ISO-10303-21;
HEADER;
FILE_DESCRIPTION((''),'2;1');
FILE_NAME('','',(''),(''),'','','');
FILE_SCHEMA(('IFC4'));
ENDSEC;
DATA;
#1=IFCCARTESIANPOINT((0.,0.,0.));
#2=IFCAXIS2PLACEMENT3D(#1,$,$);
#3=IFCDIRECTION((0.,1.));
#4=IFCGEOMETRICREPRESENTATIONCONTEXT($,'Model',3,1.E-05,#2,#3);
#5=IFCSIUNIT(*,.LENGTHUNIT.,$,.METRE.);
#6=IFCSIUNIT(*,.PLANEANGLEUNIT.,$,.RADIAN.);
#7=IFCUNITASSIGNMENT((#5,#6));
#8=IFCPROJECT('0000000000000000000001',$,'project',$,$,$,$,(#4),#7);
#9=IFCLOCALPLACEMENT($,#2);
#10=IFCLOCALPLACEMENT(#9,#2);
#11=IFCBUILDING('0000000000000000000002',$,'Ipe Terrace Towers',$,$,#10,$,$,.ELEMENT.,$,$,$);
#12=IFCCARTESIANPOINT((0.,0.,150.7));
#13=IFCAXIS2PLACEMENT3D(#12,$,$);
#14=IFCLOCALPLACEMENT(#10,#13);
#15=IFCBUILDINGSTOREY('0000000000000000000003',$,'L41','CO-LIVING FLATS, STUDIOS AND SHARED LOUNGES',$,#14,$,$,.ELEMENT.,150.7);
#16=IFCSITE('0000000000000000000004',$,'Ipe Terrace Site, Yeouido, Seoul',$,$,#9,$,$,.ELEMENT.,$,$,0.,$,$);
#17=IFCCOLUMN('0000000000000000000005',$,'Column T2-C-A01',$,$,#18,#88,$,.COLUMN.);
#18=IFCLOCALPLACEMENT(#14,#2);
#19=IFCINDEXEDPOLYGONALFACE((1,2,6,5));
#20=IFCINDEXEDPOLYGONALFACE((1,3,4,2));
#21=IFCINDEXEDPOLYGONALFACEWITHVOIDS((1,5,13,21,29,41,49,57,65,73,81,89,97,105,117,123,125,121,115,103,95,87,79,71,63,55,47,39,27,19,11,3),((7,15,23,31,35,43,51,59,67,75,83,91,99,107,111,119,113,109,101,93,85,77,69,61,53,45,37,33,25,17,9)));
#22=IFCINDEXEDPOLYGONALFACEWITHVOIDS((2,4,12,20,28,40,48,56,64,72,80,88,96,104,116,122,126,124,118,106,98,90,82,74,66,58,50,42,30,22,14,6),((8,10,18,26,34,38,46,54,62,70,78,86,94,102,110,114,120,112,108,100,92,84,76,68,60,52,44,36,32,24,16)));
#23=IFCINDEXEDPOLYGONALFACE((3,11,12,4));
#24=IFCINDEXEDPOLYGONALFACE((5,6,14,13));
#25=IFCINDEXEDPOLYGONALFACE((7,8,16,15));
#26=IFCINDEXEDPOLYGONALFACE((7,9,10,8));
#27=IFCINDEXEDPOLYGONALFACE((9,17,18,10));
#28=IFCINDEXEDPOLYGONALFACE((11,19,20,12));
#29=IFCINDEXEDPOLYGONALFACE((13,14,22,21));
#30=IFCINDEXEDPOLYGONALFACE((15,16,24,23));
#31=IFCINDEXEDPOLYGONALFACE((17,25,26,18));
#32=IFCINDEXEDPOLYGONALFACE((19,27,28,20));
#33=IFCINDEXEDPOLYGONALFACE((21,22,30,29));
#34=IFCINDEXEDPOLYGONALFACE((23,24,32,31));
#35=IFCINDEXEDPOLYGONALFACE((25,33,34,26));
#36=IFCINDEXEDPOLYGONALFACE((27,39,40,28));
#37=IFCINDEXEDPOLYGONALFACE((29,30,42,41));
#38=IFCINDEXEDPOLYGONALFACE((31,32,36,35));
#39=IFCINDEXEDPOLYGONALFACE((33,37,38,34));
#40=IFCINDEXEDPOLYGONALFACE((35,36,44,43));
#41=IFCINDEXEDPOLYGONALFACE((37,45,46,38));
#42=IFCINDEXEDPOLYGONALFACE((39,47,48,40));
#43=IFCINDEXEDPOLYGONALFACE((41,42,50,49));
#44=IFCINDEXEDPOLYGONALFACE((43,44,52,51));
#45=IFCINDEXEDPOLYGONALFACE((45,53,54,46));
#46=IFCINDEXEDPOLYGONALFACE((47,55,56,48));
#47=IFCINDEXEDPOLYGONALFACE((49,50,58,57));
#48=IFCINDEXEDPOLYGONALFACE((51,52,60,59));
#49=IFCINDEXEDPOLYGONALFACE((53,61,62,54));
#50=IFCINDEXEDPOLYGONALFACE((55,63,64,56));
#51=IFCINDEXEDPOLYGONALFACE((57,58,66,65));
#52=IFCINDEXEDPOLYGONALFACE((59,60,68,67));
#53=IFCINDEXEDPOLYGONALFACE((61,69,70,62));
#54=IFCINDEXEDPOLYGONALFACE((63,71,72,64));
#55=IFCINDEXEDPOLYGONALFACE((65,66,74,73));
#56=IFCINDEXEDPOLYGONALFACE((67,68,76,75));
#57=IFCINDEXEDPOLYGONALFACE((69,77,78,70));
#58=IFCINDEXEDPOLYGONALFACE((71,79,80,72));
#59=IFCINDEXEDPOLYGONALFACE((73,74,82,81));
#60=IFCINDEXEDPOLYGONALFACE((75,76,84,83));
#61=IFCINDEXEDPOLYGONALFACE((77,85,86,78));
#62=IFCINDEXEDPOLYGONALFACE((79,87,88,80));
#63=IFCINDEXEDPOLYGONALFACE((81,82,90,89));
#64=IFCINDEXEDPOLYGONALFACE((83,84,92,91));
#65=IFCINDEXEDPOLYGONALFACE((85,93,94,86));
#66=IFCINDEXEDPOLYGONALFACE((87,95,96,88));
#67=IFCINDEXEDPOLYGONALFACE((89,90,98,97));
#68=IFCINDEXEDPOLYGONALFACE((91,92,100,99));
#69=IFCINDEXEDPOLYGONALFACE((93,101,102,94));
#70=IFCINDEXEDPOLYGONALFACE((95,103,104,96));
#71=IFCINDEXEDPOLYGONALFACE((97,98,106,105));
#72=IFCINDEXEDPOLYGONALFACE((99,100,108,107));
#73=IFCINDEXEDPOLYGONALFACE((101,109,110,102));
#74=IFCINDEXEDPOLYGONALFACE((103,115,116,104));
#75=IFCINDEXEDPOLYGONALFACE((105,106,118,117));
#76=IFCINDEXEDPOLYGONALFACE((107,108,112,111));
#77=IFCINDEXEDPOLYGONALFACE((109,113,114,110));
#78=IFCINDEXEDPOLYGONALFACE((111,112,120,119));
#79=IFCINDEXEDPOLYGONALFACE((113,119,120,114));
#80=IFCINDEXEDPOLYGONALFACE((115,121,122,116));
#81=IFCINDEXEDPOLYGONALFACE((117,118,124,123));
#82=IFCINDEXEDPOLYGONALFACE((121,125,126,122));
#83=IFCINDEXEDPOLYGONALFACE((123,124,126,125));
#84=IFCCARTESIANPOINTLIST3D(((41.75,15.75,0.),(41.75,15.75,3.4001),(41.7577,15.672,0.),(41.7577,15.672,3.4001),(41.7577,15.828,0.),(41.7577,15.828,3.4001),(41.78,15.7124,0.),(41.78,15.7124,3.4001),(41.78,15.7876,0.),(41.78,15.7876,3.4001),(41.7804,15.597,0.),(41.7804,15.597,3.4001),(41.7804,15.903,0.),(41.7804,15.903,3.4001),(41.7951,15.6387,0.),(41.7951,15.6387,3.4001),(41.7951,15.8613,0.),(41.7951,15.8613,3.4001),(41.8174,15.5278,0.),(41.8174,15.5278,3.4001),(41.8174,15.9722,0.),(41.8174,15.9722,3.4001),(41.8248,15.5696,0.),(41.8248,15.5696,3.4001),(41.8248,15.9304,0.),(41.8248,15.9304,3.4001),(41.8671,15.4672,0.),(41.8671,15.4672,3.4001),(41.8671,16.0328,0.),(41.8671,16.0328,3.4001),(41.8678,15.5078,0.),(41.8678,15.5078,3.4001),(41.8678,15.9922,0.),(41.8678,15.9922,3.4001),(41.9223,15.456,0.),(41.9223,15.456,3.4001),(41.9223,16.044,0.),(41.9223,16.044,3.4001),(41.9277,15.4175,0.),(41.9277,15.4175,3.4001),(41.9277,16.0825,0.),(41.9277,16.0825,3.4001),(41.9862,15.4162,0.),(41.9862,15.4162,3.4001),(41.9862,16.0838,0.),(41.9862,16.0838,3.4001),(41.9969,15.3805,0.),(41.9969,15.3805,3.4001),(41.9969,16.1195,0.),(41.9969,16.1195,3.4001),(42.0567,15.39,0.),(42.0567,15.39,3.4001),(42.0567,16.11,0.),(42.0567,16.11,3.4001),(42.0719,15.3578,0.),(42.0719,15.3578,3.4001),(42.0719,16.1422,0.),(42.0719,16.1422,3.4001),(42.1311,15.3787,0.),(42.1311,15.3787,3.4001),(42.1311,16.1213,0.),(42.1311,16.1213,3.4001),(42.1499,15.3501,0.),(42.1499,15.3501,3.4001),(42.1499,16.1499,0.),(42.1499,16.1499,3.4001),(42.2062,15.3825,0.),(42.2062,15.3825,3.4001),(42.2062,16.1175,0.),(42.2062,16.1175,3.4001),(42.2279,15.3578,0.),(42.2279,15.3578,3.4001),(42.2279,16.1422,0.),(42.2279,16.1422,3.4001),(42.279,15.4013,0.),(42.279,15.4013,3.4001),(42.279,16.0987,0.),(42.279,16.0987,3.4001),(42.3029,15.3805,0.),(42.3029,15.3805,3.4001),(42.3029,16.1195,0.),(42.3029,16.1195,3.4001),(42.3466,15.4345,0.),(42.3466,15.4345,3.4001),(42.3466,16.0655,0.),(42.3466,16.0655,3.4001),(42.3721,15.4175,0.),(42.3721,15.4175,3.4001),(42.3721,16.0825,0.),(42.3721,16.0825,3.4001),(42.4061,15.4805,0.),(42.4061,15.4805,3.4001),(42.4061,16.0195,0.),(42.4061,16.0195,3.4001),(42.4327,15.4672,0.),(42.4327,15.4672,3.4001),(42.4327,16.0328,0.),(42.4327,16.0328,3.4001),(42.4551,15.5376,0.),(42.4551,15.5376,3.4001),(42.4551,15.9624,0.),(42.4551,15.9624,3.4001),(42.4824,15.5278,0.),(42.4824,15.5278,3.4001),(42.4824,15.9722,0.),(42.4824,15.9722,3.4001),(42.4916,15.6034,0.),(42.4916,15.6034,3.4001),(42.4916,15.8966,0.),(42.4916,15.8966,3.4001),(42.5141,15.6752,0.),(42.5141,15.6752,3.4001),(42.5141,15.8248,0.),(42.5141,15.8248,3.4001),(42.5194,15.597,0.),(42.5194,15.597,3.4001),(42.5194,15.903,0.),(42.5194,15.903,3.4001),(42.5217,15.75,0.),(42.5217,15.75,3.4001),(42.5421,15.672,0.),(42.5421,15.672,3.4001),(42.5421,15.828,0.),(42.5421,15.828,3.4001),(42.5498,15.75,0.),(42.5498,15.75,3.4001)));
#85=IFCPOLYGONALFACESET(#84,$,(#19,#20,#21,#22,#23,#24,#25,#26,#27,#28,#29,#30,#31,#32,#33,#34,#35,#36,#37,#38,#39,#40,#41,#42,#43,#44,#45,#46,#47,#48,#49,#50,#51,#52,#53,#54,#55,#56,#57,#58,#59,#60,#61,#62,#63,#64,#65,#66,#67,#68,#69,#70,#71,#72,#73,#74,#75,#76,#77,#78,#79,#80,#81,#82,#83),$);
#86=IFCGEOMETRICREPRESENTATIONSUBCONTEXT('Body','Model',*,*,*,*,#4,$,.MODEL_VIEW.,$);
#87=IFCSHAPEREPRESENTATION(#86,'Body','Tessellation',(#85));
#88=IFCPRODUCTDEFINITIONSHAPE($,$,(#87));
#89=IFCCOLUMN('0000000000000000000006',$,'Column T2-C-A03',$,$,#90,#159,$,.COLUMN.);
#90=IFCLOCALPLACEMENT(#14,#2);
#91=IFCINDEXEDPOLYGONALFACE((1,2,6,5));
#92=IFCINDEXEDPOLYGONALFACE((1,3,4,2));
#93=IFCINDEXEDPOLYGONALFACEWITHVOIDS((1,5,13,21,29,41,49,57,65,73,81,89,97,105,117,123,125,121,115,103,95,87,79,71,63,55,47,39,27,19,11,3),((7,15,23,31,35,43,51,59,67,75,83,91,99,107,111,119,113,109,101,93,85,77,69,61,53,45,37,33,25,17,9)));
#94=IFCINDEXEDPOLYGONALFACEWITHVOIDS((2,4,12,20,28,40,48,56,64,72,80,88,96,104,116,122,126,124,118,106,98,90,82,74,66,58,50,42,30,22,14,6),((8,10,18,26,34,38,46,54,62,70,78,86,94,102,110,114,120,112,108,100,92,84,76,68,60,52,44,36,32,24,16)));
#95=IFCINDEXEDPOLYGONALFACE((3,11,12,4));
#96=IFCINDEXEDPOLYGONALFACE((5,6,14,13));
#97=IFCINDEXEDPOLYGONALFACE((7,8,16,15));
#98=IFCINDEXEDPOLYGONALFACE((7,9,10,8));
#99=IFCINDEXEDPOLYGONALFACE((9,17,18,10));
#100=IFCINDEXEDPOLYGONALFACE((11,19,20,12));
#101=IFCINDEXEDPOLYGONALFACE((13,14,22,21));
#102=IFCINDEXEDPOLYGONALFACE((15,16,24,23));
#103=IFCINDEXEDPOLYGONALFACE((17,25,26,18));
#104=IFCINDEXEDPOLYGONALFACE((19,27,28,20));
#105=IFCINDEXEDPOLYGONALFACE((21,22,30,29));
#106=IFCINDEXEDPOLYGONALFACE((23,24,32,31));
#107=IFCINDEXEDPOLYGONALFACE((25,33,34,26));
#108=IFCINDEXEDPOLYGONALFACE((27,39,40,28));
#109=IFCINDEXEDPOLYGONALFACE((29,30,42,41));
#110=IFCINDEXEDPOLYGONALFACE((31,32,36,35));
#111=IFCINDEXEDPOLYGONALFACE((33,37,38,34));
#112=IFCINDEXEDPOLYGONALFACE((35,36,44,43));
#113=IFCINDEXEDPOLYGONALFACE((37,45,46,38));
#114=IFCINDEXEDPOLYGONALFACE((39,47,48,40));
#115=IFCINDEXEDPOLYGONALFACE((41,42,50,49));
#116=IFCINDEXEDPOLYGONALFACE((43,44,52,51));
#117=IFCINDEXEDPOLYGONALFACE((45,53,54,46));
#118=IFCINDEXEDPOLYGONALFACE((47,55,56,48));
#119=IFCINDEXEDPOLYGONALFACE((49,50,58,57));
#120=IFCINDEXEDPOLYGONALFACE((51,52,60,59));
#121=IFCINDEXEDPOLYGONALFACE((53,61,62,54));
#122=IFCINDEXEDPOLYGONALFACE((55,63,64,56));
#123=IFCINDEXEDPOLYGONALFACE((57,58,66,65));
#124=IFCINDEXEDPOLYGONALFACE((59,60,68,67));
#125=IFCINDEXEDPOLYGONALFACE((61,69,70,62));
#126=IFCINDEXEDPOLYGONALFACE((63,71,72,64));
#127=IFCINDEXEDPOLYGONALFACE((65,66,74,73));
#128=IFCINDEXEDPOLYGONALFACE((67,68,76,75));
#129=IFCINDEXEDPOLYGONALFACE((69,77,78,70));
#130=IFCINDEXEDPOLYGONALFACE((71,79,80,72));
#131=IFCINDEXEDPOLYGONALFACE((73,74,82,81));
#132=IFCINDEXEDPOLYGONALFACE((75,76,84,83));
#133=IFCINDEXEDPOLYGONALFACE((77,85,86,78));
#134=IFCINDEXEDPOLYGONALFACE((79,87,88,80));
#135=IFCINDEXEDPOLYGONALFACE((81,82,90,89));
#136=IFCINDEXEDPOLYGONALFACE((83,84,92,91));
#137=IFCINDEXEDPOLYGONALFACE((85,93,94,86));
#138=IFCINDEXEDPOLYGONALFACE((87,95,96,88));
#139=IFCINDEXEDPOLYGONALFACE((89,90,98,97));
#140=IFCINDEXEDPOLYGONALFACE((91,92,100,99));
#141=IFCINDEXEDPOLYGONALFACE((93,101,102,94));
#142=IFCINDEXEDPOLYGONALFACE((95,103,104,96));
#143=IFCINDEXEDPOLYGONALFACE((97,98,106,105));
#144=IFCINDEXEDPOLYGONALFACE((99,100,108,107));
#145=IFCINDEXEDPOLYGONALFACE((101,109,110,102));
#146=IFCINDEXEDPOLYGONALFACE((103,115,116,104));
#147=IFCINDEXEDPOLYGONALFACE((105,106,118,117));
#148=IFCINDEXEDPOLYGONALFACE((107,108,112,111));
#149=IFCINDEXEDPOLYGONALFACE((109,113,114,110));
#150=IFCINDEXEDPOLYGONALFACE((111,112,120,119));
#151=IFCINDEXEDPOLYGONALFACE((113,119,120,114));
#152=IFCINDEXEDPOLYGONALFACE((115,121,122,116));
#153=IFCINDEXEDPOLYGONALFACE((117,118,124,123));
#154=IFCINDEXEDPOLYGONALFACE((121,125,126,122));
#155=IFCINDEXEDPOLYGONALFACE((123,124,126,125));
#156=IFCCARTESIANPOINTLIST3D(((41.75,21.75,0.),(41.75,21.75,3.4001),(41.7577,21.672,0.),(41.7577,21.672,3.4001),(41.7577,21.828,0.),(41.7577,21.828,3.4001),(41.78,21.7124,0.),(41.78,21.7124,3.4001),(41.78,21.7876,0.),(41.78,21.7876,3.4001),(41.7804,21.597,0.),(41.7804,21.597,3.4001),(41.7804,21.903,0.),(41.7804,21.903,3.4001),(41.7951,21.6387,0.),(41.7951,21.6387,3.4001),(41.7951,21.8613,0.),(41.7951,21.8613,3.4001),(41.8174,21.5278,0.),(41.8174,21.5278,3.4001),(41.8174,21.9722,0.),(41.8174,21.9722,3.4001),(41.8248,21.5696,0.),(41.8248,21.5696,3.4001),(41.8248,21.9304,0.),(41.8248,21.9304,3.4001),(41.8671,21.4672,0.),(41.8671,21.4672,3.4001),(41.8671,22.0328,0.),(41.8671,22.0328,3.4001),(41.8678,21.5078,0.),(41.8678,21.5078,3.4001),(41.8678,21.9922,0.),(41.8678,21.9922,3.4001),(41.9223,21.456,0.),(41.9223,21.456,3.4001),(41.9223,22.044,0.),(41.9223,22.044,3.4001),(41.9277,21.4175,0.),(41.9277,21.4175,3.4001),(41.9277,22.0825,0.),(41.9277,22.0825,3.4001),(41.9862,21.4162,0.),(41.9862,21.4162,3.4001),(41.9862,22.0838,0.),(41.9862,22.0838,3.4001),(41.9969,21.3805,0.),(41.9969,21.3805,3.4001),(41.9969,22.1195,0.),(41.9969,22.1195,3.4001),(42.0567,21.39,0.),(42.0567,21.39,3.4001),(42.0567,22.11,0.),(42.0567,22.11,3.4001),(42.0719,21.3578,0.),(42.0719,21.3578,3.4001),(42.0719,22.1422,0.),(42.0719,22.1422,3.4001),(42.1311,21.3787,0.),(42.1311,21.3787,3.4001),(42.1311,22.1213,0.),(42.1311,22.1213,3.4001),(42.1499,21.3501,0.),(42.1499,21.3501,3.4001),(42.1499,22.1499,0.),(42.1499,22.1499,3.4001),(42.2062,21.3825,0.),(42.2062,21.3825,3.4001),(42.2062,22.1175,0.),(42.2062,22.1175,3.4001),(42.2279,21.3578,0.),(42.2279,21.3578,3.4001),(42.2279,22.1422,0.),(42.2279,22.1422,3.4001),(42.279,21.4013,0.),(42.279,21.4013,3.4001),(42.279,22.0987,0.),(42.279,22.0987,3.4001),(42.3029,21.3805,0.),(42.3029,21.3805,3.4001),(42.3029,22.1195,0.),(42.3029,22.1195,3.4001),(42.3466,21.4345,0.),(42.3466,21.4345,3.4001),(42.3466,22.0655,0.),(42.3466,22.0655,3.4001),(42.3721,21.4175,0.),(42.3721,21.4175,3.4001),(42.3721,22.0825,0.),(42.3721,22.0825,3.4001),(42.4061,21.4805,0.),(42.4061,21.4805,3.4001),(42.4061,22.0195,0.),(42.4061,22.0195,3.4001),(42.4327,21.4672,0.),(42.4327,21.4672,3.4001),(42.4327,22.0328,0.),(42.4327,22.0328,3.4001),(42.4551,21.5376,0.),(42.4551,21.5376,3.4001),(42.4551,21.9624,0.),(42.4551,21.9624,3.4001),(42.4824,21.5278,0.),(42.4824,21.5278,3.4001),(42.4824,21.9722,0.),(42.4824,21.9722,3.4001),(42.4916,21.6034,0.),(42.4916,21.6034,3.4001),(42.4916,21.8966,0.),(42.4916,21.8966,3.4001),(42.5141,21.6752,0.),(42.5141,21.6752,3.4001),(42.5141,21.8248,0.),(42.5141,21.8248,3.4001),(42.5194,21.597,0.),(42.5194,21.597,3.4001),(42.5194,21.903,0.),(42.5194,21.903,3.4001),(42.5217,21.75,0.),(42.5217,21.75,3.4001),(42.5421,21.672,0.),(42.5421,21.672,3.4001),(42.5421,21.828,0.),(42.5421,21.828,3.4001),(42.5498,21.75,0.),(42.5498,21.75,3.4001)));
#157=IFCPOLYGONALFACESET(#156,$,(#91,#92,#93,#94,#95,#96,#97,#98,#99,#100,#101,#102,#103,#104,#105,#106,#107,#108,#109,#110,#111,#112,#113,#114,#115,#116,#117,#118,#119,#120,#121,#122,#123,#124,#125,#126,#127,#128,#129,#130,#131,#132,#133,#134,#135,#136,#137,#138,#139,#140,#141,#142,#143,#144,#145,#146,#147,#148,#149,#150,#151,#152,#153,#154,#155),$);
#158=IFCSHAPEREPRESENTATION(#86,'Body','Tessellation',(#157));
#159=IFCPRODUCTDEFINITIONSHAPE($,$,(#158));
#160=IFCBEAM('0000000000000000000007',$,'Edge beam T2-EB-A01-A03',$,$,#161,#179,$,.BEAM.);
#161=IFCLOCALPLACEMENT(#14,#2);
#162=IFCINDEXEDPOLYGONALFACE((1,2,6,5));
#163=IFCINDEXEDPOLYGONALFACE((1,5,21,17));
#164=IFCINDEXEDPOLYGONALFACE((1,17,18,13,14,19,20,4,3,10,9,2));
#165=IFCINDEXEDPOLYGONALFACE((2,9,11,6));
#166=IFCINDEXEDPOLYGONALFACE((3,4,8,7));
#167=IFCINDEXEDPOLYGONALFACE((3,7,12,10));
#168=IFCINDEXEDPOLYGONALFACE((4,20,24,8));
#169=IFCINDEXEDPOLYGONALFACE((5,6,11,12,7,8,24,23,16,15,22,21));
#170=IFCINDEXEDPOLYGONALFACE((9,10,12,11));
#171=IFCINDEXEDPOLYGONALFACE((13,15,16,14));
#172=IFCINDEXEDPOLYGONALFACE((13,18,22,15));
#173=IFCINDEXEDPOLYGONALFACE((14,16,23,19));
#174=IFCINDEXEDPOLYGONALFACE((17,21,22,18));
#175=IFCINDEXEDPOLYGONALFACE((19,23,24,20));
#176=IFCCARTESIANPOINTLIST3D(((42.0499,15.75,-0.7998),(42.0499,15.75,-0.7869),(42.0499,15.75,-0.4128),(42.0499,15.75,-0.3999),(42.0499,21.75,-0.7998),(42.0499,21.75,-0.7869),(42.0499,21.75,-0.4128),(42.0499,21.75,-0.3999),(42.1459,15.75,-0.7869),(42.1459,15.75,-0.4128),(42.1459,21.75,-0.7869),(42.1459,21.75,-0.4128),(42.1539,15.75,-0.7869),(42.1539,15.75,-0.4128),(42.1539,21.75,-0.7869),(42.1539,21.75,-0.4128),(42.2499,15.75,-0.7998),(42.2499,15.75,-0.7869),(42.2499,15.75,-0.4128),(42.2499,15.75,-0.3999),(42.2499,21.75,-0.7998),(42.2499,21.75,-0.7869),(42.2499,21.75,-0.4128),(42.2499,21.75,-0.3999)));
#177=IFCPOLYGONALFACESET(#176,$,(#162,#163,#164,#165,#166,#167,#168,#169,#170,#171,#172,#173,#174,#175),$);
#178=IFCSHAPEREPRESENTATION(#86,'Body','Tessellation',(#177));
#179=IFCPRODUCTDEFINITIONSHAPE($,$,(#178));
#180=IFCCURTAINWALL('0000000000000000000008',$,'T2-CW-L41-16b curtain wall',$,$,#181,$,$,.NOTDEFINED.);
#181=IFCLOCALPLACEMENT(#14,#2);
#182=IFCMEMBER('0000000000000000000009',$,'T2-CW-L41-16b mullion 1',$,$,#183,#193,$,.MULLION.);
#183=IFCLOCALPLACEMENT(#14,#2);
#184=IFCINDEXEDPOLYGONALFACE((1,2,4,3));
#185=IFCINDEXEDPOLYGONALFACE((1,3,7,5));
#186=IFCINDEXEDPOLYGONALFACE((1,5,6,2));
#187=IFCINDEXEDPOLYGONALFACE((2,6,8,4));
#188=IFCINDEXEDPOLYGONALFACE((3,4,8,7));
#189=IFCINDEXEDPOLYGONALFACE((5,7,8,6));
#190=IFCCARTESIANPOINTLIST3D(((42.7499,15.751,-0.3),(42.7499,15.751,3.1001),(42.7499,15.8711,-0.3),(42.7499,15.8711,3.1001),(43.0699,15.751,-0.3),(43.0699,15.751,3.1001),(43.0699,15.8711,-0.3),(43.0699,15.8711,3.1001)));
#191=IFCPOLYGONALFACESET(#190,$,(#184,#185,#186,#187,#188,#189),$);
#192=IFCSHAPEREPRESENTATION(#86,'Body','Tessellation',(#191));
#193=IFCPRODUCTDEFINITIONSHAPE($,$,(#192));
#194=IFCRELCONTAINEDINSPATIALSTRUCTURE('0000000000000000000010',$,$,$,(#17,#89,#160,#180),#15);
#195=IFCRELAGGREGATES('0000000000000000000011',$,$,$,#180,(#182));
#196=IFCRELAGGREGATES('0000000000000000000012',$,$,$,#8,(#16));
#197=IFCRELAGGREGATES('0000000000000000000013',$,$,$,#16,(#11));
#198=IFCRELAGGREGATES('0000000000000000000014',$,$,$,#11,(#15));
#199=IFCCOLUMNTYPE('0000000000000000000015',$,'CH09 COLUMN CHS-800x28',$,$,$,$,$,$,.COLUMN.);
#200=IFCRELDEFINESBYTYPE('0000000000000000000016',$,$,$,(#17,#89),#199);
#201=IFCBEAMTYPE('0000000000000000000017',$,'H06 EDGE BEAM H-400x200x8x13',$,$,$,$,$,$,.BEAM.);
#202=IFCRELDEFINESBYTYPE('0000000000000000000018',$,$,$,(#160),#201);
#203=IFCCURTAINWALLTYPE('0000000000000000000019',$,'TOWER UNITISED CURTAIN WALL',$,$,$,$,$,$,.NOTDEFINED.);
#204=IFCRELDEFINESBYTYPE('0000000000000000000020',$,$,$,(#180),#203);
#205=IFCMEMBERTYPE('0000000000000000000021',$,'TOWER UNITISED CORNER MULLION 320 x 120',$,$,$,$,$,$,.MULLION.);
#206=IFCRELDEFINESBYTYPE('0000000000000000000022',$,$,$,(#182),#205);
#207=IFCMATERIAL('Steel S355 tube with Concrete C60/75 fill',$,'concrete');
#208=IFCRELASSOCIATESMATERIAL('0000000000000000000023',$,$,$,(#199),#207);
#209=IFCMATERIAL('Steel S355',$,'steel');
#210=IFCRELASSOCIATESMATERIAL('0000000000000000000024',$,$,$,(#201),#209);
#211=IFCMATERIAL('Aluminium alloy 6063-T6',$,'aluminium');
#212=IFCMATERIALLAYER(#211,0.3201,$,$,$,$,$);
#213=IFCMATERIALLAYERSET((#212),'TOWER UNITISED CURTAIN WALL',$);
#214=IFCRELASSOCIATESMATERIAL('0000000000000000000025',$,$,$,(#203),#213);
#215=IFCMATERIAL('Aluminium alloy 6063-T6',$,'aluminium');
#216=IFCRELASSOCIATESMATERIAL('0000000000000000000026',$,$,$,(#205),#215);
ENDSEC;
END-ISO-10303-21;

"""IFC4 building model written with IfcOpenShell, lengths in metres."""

from ifc_helpers import new_model, si_unit, direction, frame, origin, origin_2d, place, context, subcontext, project, spatial, rectangle, hollow_circle, i_section, extrude, material, layer, layer_set, material_profile, profile_set, type_object, element, aggregate, save


model = new_model("IFC4")

# Units and contexts
model_context = context("Model", 3, precision=1e-05, world=origin(), true_north=direction((0.0, 1.0)))
body_context = subcontext(model_context, "Body", "Model", "MODEL_VIEW")
ifc_project = project(units=[si_unit("LENGTHUNIT", "METRE"), si_unit("PLANEANGLEUNIT", "RADIAN")], contexts=[model_context])

# Site, building, storey
site_placement = place(None, origin())
site = spatial("IfcSite", under=ifc_project, at=site_placement, Name="Ipe Terrace Site, Yeouido, Seoul", CompositionType="ELEMENT", RefElevation=0.0)
building_placement = place(site_placement, origin())
building = spatial("IfcBuilding", under=site, at=building_placement, Name="Ipe Terrace Towers", CompositionType="ELEMENT")
storey_placement = place(building_placement, frame((0.0, 0.0, 150.7)))
storey = spatial("IfcBuildingStorey", under=building, at=storey_placement, Name="L41", Description="CO-LIVING FLATS, STUDIOS AND SHARED LOUNGES", CompositionType="ELEMENT", Elevation=150.7)

# Columns
ifc_material_1 = material(Name="Steel S355 tube with Concrete C60/75 fill", Category="concrete")
ifc_material_profile_1 = material_profile(ifc_material_1, hollow_circle(Radius=0.3999, WallThickness=0.0281, at=origin_2d()), Name="CHS-800x28")
ifc_profile_set_1 = profile_set([ifc_material_profile_1], Name="Steel S355 tube with Concrete C60/75 fill")
column_type = type_object("IfcColumnType", Name="CH09 COLUMN CHS-800x28", PredefinedType="COLUMN", material=ifc_profile_set_1)
for number, where, z_axis, x_axis, name in (
    (1, (42.1499, 15.75, 0.0), (0.0, 0.0, 1.0), (1.0, 0.0, 0.0), "Column T2-C-A01"),
    (2, (42.1499, 21.75, 0.0), (0.0, 0.0, 1.0), (1.0, 0.0, 0.0), "Column T2-C-A03"),
):
    element("IfcColumn", number, at=place(storey_placement, frame(where, z_axis=z_axis, x_axis=x_axis)), inside=storey, type_object=column_type, Name=name, PredefinedType="COLUMN", context=body_context, shape_type="SweptSolid", body=[
        extrude(hollow_circle(Radius=0.3999, WallThickness=0.0281, at=origin_2d()), origin(), (0.0, 0.0, 1.0), 3.4001),
    ])

# Beam
ifc_material_2 = material(Name="Steel S355", Category="steel")
ifc_material_profile_2 = material_profile(ifc_material_2, i_section(OverallWidth=0.2, OverallDepth=0.3999, WebThickness=0.0081, FlangeThickness=0.0129, at=origin_2d()), Name="H-400x200x8x13")
ifc_profile_set_2 = profile_set([ifc_material_profile_2], Name="Steel S355")
beam_type = type_object("IfcBeamType", Name="H06 EDGE BEAM H-400x200x8x13", PredefinedType="BEAM", material=ifc_profile_set_2)
beam_placement = place(storey_placement, frame((42.1499, 15.75, -0.5999), z_axis=(0.0, 1.0, 0.0), x_axis=(-1.0, 0.0, 0.0)))
element("IfcBeam", 3, at=beam_placement, inside=storey, type_object=beam_type, Name="Edge beam T2-EB-A01-A03", PredefinedType="BEAM", context=body_context, shape_type="SweptSolid", body=[
    extrude(i_section(OverallWidth=0.2, OverallDepth=0.3999, WebThickness=0.0081, FlangeThickness=0.0129, at=origin_2d()), origin(), (0.0, 0.0, 1.0), 6.0),
])

# Curtain wall, member
ifc_material_3 = material(Name="Aluminium alloy 6063-T6", Category="aluminium")
ifc_layer_1 = layer(ifc_material_3, 0.3201)
ifc_layer_set_1 = layer_set([ifc_layer_1], Name="TOWER UNITISED CURTAIN WALL")
curtain_wall_type = type_object("IfcCurtainWallType", Name="TOWER UNITISED CURTAIN WALL", PredefinedType="NOTDEFINED", material=ifc_layer_set_1)
curtain_wall_1_placement = place(storey_placement, origin())
curtain_wall_1 = element("IfcCurtainWall", 4, at=curtain_wall_1_placement, inside=storey, type_object=curtain_wall_type, Name="T2-CW-L41-16b curtain wall", PredefinedType="NOTDEFINED")
ifc_material_4 = material(Name="Aluminium alloy 6063-T6", Category="aluminium")
ifc_material_profile_3 = material_profile(ifc_material_4, rectangle(XDim=0.3201, YDim=0.1201, at=origin_2d()), Name="TOWER UNITISED CORNER MULLION 320 x 120")
ifc_profile_set_3 = profile_set([ifc_material_profile_3], Name="Aluminium alloy 6063-T6")
member_type_1 = type_object("IfcMemberType", Name="TOWER UNITISED CORNER MULLION 320 x 120", PredefinedType="MULLION", material=ifc_profile_set_3)
member_1_placement = place(storey_placement, frame((42.9099, 15.811, -0.3), z_axis=(0.0, 0.0, 1.0), x_axis=(1.0, 0.0, 0.0)))
member_1 = element("IfcMember", 5, at=member_1_placement, type_object=member_type_1, Name="T2-CW-L41-16b mullion 1", PredefinedType="MULLION", context=body_context, shape_type="SweptSolid", body=[
    extrude(rectangle(XDim=0.3201, YDim=0.1201, at=origin_2d()), origin(), (0.0, 0.0, 1.0), 3.4001),
])

aggregate(curtain_wall_1, [member_1])

save(model, "model.ifc")
